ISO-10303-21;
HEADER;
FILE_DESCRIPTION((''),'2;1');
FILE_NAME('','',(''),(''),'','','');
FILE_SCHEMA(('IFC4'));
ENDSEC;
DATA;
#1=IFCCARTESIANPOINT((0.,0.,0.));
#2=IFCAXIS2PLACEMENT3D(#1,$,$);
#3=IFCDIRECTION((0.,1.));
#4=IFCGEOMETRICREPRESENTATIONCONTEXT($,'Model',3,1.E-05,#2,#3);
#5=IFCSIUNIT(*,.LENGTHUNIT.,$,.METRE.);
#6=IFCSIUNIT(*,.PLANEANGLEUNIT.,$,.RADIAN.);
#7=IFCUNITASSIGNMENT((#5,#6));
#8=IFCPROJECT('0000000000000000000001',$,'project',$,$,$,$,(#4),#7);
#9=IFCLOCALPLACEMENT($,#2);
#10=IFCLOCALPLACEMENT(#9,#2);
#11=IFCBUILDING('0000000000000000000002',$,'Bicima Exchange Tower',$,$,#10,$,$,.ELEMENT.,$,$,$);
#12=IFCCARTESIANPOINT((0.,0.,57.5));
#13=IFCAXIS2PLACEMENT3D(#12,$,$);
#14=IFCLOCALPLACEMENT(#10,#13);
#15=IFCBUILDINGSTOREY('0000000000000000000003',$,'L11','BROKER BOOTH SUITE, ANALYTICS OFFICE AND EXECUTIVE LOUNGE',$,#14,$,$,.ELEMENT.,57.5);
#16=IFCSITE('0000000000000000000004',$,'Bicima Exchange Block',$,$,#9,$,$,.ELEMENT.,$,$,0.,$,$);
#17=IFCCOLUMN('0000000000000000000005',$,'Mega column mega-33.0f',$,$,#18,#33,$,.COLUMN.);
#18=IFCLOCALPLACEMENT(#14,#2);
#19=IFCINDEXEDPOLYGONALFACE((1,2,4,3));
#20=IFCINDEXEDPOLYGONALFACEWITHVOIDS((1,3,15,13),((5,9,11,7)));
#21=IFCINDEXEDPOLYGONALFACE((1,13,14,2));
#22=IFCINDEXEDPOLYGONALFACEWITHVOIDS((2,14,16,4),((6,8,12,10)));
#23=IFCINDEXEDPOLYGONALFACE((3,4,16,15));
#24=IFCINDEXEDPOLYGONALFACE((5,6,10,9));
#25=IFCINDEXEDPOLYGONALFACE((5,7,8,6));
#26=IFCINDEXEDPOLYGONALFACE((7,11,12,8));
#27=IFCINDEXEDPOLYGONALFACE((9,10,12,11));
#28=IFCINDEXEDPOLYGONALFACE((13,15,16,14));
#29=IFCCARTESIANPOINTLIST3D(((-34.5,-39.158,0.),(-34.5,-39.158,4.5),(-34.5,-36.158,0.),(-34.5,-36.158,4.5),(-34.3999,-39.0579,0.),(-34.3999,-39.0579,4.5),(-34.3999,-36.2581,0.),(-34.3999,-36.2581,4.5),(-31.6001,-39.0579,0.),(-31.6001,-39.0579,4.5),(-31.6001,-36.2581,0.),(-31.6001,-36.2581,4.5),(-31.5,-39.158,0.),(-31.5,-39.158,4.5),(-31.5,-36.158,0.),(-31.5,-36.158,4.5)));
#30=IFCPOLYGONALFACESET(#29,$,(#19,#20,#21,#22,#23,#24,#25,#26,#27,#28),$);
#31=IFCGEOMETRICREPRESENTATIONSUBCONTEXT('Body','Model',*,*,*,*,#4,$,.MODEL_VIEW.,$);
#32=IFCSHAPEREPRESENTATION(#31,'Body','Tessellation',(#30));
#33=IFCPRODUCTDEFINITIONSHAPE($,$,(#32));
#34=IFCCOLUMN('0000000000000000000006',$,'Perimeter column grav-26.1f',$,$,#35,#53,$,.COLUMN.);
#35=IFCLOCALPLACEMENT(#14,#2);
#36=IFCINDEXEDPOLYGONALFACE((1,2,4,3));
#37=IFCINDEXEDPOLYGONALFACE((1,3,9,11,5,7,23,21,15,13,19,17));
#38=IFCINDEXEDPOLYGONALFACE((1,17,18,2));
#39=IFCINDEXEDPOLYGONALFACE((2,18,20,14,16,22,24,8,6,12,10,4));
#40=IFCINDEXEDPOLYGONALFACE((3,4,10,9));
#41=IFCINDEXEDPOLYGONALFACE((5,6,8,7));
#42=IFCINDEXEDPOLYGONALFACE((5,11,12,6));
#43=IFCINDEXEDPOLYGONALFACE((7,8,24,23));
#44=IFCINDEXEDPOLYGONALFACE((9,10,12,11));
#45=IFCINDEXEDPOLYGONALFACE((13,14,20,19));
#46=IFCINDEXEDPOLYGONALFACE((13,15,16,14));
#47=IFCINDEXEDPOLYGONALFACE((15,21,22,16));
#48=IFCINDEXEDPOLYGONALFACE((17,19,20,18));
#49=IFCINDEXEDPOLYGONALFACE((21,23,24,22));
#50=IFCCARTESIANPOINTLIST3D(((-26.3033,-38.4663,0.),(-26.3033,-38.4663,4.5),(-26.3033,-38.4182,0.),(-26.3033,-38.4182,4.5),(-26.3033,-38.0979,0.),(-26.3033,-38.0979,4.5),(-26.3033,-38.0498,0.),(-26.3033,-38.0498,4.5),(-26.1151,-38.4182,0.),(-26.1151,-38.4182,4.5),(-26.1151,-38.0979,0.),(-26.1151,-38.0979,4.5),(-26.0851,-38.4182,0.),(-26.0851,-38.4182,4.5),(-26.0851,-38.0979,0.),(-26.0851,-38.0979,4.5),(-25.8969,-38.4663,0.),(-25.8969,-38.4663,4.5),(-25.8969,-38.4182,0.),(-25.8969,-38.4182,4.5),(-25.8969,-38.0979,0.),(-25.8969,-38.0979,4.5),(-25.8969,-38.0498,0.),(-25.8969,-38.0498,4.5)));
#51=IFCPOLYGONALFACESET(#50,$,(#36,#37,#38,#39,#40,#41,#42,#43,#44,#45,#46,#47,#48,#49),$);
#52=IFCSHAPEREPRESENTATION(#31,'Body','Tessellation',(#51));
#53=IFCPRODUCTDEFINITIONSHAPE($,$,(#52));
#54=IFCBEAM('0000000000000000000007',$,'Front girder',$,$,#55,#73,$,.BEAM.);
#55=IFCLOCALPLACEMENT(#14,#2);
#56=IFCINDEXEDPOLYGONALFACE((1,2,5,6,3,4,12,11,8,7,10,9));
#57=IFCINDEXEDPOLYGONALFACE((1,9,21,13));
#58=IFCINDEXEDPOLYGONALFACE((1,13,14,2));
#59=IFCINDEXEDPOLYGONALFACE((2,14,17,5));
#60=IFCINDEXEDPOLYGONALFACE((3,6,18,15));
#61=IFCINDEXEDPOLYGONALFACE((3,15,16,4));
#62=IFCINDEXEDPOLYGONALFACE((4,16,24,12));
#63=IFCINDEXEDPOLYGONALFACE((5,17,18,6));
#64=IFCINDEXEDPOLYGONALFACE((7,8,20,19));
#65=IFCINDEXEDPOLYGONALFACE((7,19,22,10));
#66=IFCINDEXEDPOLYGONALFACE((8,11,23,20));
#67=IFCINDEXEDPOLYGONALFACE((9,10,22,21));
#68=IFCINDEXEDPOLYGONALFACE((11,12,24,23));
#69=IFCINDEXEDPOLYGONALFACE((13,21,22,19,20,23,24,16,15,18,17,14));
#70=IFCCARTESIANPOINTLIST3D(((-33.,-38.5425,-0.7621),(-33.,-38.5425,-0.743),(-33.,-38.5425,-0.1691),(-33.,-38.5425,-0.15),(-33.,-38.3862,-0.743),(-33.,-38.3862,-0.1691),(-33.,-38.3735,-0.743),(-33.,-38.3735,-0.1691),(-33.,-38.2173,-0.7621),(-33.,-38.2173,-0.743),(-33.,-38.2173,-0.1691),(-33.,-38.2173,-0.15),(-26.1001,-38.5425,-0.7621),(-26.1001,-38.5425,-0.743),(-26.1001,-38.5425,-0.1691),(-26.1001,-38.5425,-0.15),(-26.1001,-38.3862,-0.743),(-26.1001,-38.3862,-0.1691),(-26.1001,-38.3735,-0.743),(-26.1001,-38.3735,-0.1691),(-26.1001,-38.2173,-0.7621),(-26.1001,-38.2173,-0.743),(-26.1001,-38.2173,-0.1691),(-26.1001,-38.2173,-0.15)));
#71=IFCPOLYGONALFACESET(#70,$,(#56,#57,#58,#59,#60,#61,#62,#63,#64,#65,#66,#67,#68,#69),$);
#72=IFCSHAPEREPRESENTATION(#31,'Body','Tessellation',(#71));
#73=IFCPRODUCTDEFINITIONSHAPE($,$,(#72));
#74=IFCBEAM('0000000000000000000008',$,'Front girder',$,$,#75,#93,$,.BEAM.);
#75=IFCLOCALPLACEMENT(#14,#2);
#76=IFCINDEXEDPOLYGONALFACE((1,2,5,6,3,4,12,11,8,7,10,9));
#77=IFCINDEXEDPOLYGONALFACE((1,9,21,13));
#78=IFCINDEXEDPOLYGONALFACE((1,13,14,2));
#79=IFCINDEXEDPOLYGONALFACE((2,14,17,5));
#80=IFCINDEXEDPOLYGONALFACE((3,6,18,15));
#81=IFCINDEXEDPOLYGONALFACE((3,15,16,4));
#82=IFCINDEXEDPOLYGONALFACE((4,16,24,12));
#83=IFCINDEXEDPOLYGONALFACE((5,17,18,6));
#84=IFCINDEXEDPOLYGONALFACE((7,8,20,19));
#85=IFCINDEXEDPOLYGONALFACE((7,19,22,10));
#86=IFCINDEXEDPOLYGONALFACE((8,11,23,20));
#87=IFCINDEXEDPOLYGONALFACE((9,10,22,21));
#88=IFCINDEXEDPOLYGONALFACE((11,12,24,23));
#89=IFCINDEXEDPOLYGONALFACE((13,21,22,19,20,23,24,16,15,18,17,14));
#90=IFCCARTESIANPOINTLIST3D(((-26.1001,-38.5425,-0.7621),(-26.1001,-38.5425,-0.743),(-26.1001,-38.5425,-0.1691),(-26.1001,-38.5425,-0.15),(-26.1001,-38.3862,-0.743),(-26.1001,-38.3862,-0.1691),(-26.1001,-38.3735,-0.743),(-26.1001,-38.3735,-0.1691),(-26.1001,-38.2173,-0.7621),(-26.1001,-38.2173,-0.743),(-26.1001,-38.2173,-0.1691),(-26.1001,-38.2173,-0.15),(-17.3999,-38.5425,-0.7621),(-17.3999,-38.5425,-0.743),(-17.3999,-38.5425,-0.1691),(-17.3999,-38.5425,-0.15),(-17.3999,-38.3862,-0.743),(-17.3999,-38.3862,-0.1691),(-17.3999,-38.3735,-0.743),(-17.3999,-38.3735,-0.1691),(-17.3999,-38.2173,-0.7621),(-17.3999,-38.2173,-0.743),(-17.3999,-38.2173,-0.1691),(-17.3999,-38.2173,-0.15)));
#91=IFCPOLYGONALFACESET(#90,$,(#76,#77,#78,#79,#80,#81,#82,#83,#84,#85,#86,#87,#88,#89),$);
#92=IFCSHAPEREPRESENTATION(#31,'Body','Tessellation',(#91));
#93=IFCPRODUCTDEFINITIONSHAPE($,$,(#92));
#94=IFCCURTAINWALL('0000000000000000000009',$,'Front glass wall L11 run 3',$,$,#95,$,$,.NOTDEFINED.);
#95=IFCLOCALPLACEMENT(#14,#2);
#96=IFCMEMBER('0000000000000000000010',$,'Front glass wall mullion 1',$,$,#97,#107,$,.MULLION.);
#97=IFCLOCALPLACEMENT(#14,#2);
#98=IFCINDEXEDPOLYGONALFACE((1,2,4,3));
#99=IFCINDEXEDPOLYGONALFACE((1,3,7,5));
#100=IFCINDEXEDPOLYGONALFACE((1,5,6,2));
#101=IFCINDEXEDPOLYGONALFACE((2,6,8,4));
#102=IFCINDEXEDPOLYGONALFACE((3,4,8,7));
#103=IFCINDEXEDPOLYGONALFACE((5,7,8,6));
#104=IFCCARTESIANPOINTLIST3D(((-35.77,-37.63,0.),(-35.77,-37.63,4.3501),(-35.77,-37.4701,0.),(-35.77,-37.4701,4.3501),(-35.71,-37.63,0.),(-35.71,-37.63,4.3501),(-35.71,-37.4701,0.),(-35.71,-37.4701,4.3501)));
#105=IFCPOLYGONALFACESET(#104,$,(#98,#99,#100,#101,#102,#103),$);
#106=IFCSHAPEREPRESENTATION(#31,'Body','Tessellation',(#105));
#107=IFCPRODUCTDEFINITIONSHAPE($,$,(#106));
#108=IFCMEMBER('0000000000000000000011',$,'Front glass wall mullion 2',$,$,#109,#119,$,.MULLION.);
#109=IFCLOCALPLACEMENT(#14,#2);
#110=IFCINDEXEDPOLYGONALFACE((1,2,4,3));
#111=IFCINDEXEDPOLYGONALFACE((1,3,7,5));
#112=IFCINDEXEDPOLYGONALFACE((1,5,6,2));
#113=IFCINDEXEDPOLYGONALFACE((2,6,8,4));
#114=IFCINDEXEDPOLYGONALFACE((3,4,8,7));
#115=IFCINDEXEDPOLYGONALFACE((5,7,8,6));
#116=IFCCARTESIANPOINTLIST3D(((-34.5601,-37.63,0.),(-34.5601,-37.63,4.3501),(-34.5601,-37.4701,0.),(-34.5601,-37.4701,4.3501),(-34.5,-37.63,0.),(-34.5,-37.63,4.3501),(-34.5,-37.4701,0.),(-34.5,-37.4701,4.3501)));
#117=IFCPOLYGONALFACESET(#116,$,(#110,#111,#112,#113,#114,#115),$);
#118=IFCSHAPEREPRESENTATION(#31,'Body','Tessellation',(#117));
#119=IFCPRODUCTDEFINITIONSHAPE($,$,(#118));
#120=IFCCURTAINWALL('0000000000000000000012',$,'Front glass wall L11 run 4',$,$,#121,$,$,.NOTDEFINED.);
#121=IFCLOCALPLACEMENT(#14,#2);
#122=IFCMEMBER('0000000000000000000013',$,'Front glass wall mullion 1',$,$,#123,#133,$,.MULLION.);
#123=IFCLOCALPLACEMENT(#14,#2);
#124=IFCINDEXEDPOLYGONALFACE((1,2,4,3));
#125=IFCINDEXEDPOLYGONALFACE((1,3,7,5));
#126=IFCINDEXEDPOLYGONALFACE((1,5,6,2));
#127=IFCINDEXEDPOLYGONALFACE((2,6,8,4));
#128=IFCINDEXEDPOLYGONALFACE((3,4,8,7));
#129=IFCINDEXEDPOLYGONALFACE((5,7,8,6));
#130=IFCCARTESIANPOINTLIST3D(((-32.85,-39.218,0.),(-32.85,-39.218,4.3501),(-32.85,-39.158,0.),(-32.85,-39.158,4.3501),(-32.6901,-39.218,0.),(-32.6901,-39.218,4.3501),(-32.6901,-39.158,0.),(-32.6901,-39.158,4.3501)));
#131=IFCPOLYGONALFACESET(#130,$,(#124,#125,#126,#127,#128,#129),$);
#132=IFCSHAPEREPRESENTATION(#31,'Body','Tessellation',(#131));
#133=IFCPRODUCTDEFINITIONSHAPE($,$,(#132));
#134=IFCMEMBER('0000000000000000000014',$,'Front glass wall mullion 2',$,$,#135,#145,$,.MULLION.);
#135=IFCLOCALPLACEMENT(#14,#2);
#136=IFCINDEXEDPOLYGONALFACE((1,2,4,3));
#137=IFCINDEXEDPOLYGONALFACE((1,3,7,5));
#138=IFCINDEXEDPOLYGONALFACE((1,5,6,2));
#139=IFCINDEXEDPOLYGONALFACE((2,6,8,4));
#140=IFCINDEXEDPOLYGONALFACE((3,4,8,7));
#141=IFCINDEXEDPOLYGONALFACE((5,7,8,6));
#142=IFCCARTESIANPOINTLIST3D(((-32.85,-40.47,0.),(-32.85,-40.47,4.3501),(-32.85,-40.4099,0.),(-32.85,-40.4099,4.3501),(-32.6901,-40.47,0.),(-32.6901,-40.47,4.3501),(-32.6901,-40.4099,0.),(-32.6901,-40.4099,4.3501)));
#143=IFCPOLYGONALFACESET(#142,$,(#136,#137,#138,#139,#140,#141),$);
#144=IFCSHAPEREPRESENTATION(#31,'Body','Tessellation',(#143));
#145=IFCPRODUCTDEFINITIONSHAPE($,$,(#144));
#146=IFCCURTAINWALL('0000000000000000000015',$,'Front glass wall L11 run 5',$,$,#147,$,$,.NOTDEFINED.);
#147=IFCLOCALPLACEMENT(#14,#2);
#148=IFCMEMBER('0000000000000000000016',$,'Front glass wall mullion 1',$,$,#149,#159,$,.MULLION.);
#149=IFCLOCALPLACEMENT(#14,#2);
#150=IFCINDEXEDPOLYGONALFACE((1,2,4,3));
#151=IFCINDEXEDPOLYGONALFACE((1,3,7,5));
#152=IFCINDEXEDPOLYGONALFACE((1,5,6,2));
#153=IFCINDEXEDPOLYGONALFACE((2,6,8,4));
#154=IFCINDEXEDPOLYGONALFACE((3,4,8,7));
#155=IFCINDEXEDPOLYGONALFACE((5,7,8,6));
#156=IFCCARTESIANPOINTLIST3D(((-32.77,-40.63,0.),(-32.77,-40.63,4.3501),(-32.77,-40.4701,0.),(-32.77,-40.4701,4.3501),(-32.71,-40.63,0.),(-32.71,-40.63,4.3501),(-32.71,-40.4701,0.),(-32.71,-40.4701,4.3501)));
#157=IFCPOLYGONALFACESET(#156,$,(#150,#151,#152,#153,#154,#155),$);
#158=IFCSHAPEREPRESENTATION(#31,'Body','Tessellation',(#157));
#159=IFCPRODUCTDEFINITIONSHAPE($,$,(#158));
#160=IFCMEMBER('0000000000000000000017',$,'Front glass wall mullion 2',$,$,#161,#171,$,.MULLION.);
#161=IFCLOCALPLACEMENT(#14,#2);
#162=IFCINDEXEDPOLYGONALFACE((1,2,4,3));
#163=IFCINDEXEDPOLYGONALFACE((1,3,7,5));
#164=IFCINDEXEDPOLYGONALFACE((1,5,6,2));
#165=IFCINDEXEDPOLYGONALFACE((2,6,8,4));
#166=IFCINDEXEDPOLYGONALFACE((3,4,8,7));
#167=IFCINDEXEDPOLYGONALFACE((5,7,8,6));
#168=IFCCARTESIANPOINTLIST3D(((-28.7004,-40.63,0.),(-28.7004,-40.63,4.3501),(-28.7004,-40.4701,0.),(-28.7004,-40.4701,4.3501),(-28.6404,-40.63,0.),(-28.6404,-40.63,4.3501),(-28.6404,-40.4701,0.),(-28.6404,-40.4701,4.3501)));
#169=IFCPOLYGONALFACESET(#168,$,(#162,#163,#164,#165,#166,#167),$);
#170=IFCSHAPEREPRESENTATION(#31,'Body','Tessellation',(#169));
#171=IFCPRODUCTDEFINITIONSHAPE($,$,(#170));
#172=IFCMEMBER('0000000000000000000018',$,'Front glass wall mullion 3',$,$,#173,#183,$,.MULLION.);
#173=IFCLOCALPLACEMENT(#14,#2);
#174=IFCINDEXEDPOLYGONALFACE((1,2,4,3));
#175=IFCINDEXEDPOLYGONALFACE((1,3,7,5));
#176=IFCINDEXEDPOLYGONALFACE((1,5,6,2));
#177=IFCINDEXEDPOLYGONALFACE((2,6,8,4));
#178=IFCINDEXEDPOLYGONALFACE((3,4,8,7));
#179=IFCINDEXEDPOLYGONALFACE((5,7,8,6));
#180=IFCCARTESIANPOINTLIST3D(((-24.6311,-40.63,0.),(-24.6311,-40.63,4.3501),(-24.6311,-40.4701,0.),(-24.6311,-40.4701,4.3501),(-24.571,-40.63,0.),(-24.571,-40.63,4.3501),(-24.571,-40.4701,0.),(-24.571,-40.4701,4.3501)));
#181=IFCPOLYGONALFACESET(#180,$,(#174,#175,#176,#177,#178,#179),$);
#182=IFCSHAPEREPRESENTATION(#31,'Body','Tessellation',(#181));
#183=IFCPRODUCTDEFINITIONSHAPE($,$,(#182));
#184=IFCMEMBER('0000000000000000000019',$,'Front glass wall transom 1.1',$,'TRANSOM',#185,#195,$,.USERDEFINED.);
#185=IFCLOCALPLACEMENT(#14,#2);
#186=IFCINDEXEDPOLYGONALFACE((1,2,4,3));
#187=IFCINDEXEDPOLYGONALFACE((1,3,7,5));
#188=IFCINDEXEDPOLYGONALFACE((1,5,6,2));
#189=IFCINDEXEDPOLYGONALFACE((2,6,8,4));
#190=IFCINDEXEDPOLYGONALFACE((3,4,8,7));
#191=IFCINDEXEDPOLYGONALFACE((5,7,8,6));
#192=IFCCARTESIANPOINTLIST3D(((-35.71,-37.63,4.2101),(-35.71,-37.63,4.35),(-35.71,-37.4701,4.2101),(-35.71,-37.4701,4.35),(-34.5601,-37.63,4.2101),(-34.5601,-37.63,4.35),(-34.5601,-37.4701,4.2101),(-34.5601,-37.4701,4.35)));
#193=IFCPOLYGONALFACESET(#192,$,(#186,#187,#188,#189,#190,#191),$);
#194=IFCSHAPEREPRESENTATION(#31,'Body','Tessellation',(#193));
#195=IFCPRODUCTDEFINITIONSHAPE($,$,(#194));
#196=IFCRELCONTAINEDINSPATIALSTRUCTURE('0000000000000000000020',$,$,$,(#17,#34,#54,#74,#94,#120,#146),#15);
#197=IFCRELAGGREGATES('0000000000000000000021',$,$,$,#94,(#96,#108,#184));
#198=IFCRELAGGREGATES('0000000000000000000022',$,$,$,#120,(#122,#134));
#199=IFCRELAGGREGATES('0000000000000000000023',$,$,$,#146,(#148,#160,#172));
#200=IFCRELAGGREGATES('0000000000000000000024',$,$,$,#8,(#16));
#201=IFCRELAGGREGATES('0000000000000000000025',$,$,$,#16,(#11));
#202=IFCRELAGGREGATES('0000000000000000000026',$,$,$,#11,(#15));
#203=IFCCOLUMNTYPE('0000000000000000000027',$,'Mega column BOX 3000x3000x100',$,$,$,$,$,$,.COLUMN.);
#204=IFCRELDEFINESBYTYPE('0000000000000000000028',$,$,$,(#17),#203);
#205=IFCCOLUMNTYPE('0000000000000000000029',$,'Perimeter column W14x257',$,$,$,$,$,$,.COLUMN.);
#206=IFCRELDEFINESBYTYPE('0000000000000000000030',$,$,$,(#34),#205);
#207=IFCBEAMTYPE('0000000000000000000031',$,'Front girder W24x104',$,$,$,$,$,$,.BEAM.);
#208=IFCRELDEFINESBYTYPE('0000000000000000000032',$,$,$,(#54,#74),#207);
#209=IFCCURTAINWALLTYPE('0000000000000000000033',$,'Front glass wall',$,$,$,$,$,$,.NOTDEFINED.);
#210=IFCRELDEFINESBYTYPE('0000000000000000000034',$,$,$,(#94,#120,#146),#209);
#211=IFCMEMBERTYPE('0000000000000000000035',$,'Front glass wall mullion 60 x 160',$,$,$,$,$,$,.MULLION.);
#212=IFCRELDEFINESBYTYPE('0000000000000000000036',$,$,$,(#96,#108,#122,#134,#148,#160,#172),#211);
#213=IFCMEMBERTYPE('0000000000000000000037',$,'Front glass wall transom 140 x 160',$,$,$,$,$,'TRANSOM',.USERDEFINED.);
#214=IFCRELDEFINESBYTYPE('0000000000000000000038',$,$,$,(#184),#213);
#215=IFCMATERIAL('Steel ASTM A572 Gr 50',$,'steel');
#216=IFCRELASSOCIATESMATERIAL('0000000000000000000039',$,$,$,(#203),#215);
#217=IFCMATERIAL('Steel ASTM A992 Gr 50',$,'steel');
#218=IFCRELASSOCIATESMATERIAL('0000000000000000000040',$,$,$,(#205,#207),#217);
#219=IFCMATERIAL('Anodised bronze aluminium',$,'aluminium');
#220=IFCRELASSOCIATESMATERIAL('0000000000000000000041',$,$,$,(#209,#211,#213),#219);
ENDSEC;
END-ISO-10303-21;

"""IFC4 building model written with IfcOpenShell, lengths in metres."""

from ifc_helpers import new_model, si_unit, direction, frame, origin, origin_2d, place, context, subcontext, project, spatial, rectangle, hollow_rectangle, i_section, extrude, material, material_profile, profile_set, type_object, element, aggregate, save


model = new_model("IFC4")

# Units and contexts
model_context = context("Model", 3, precision=1e-05, world=origin(), true_north=direction((0.0, 1.0)))
body_context = subcontext(model_context, "Body", "Model", "MODEL_VIEW")
ifc_project = project(units=[si_unit("LENGTHUNIT", "METRE"), si_unit("PLANEANGLEUNIT", "RADIAN")], contexts=[model_context])

# Site, building, storey
site_placement = place(None, origin())
site = spatial("IfcSite", under=ifc_project, at=site_placement, Name="Bicima Exchange Block", CompositionType="ELEMENT", RefElevation=0.0)
building_placement = place(site_placement, origin())
building = spatial("IfcBuilding", under=site, at=building_placement, Name="Bicima Exchange Tower", CompositionType="ELEMENT")
storey_placement = place(building_placement, frame((0.0, 0.0, 57.5)))
storey = spatial("IfcBuildingStorey", under=building, at=storey_placement, Name="L11", Description="BROKER BOOTH SUITE, ANALYTICS OFFICE AND EXECUTIVE LOUNGE", CompositionType="ELEMENT", Elevation=57.5)

# Columns
ifc_material_1 = material(Name="Steel ASTM A572 Gr 50", Category="steel")
ifc_material_profile_1 = material_profile(ifc_material_1, hollow_rectangle(XDim=3.0, YDim=3.0, WallThickness=0.1001, at=origin_2d()))
ifc_profile_set_1 = profile_set([ifc_material_profile_1], Name="Steel ASTM A572 Gr 50")
column_type_1 = type_object("IfcColumnType", Name="Mega column BOX 3000x3000x100", PredefinedType="COLUMN", material=ifc_profile_set_1)
column_1_placement = place(storey_placement, frame((-33.0, -37.658, 0.0), z_axis=(0.0, 0.0, 1.0), x_axis=(1.0, 0.0, 0.0)))
element("IfcColumn", 1, at=column_1_placement, inside=storey, type_object=column_type_1, Name="Mega column mega-33.0f", PredefinedType="COLUMN", context=body_context, shape_type="SweptSolid", body=[
    extrude(hollow_rectangle(XDim=3.0, YDim=3.0, WallThickness=0.1001, at=origin_2d()), origin(), (0.0, 0.0, 1.0), 4.5),
])
ifc_material_2 = material(Name="Steel ASTM A992 Gr 50", Category="steel")
ifc_material_profile_2 = material_profile(ifc_material_2, i_section(OverallWidth=0.4065, OverallDepth=0.4165, WebThickness=0.03, FlangeThickness=0.0481, at=origin_2d()))
ifc_profile_set_2 = profile_set([ifc_material_profile_2], Name="Steel ASTM A992 Gr 50")
column_type_2 = type_object("IfcColumnType", Name="Perimeter column W14x257", PredefinedType="COLUMN", material=ifc_profile_set_2)
column_2_placement = place(storey_placement, frame((-26.1001, -38.2581, 0.0), z_axis=(0.0, 0.0, 1.0), x_axis=(1.0, 0.0, 0.0)))
element("IfcColumn", 2, at=column_2_placement, inside=storey, type_object=column_type_2, Name="Perimeter column grav-26.1f", PredefinedType="COLUMN", context=body_context, shape_type="SweptSolid", body=[
    extrude(i_section(OverallWidth=0.4065, OverallDepth=0.4165, WebThickness=0.03, FlangeThickness=0.0481, at=origin_2d()), origin(), (0.0, 0.0, 1.0), 4.5),
])

# Beams
ifc_material_profile_3 = material_profile(ifc_material_2, i_section(OverallWidth=0.3252, OverallDepth=0.6121, WebThickness=0.0127, FlangeThickness=0.019, at=origin_2d()))
ifc_profile_set_3 = profile_set([ifc_material_profile_3], Name="Steel ASTM A992 Gr 50")
beam_type = type_object("IfcBeamType", Name="Front girder W24x104", PredefinedType="BEAM", material=ifc_profile_set_3)
beam_1_placement = place(storey_placement, frame((-33.0, -38.3799, -0.4561), z_axis=(1.0, 0.0, 0.0), x_axis=(0.0, 1.0, 0.0)))
element("IfcBeam", 3, at=beam_1_placement, inside=storey, type_object=beam_type, Name="Front girder", PredefinedType="BEAM", context=body_context, shape_type="SweptSolid", body=[
    extrude(i_section(OverallWidth=0.3252, OverallDepth=0.6121, WebThickness=0.0127, FlangeThickness=0.019, at=origin_2d()), origin(), (0.0, 0.0, 1.0), 6.8999),
])
beam_2_placement = place(storey_placement, frame((-26.1001, -38.3799, -0.4561), z_axis=(1.0, 0.0, 0.0), x_axis=(0.0, 1.0, 0.0)))
element("IfcBeam", 4, at=beam_2_placement, inside=storey, type_object=beam_type, Name="Front girder", PredefinedType="BEAM", context=body_context, shape_type="SweptSolid", body=[
    extrude(i_section(OverallWidth=0.3252, OverallDepth=0.6121, WebThickness=0.0127, FlangeThickness=0.019, at=origin_2d()), origin(), (0.0, 0.0, 1.0), 8.7002),
])

# Curtain walls, members
ifc_material_3 = material(Name="Anodised bronze aluminium", Category="aluminium")
curtain_wall_type = type_object("IfcCurtainWallType", Name="Front glass wall", PredefinedType="NOTDEFINED", material=ifc_material_3)
curtain_wall_1_placement = place(storey_placement, origin())
curtain_wall_1 = element("IfcCurtainWall", 5, at=curtain_wall_1_placement, inside=storey, type_object=curtain_wall_type, Name="Front glass wall L11 run 3", PredefinedType="NOTDEFINED")
ifc_material_profile_4 = material_profile(ifc_material_3, rectangle(XDim=0.1599, YDim=0.0601, at=origin_2d()))
ifc_profile_set_4 = profile_set([ifc_material_profile_4], Name="Anodised bronze aluminium")
member_type_1 = type_object("IfcMemberType", Name="Front glass wall mullion 60 x 160", PredefinedType="MULLION", material=ifc_profile_set_4)
member_1_placement = place(storey_placement, frame((-35.74, -37.55, 0.0), z_axis=(0.0, 0.0, 1.0), x_axis=(0.0, 1.0, 0.0)))
member_1 = element("IfcMember", 6, at=member_1_placement, type_object=member_type_1, Name="Front glass wall mullion 1", PredefinedType="MULLION", context=body_context, shape_type="SweptSolid", body=[
    extrude(rectangle(XDim=0.1599, YDim=0.0601, at=origin_2d()), origin(), (0.0, 0.0, 1.0), 4.3501),
])
member_2_placement = place(storey_placement, frame((-34.53, -37.55, 0.0), z_axis=(0.0, 0.0, 1.0), x_axis=(0.0, 1.0, 0.0)))
member_2 = element("IfcMember", 7, at=member_2_placement, type_object=member_type_1, Name="Front glass wall mullion 2", PredefinedType="MULLION", context=body_context, shape_type="SweptSolid", body=[
    extrude(rectangle(XDim=0.1599, YDim=0.0601, at=origin_2d()), origin(), (0.0, 0.0, 1.0), 4.3501),
])
curtain_wall_2_placement = place(storey_placement, origin())
curtain_wall_2 = element("IfcCurtainWall", 8, at=curtain_wall_2_placement, inside=storey, type_object=curtain_wall_type, Name="Front glass wall L11 run 4", PredefinedType="NOTDEFINED")
member_3_placement = place(storey_placement, frame((-32.77, -39.188, 0.0), z_axis=(0.0, 0.0, 1.0), x_axis=(1.0, 0.0, 0.0)))
member_3 = element("IfcMember", 9, at=member_3_placement, type_object=member_type_1, Name="Front glass wall mullion 1", PredefinedType="MULLION", context=body_context, shape_type="SweptSolid", body=[
    extrude(rectangle(XDim=0.1599, YDim=0.0601, at=origin_2d()), origin(), (0.0, 0.0, 1.0), 4.3501),
])
member_4_placement = place(storey_placement, frame((-32.77, -40.4399, 0.0), z_axis=(0.0, 0.0, 1.0), x_axis=(1.0, 0.0, 0.0)))
member_4 = element("IfcMember", 10, at=member_4_placement, type_object=member_type_1, Name="Front glass wall mullion 2", PredefinedType="MULLION", context=body_context, shape_type="SweptSolid", body=[
    extrude(rectangle(XDim=0.1599, YDim=0.0601, at=origin_2d()), origin(), (0.0, 0.0, 1.0), 4.3501),
])
curtain_wall_3_placement = place(storey_placement, origin())
curtain_wall_3 = element("IfcCurtainWall", 11, at=curtain_wall_3_placement, inside=storey, type_object=curtain_wall_type, Name="Front glass wall L11 run 5", PredefinedType="NOTDEFINED")
member_5_placement = place(storey_placement, frame((-32.74, -40.55, 0.0), z_axis=(0.0, 0.0, 1.0), x_axis=(0.0, 1.0, 0.0)))
member_5 = element("IfcMember", 12, at=member_5_placement, type_object=member_type_1, Name="Front glass wall mullion 1", PredefinedType="MULLION", context=body_context, shape_type="SweptSolid", body=[
    extrude(rectangle(XDim=0.1599, YDim=0.0601, at=origin_2d()), origin(), (0.0, 0.0, 1.0), 4.3501),
])
member_6_placement = place(storey_placement, frame((-28.6704, -40.55, 0.0), z_axis=(0.0, 0.0, 1.0), x_axis=(0.0, 1.0, 0.0)))
member_6 = element("IfcMember", 13, at=member_6_placement, type_object=member_type_1, Name="Front glass wall mullion 2", PredefinedType="MULLION", context=body_context, shape_type="SweptSolid", body=[
    extrude(rectangle(XDim=0.1599, YDim=0.0601, at=origin_2d()), origin(), (0.0, 0.0, 1.0), 4.3501),
])
member_7_placement = place(storey_placement, frame((-24.6011, -40.55, 0.0), z_axis=(0.0, 0.0, 1.0), x_axis=(0.0, 1.0, 0.0)))
member_7 = element("IfcMember", 14, at=member_7_placement, type_object=member_type_1, Name="Front glass wall mullion 3", PredefinedType="MULLION", context=body_context, shape_type="SweptSolid", body=[
    extrude(rectangle(XDim=0.1599, YDim=0.0601, at=origin_2d()), origin(), (0.0, 0.0, 1.0), 4.3501),
])

# Member
ifc_material_profile_5 = material_profile(ifc_material_3, rectangle(XDim=0.1599, YDim=0.1399, at=origin_2d()))
ifc_profile_set_5 = profile_set([ifc_material_profile_5], Name="Anodised bronze aluminium")
member_type_2 = type_object("IfcMemberType", Name="Front glass wall transom 140 x 160", ElementType="TRANSOM", PredefinedType="USERDEFINED", material=ifc_profile_set_5)
member_8_placement = place(storey_placement, frame((-35.71, -37.55, 4.28), z_axis=(1.0, 0.0, 0.0), x_axis=(0.0, 1.0, 0.0)))
member_8 = element("IfcMember", 15, at=member_8_placement, type_object=member_type_2, Name="Front glass wall transom 1.1", ObjectType="TRANSOM", PredefinedType="USERDEFINED", context=body_context, shape_type="SweptSolid", body=[
    extrude(rectangle(XDim=0.1599, YDim=0.1399, at=origin_2d()), origin(), (0.0, 0.0, 1.0), 1.1499),
])

aggregate(curtain_wall_1, [member_1, member_2, member_8])
aggregate(curtain_wall_2, [member_3, member_4])
aggregate(curtain_wall_3, [member_5, member_6, member_7])

save(model, "model.ifc")
